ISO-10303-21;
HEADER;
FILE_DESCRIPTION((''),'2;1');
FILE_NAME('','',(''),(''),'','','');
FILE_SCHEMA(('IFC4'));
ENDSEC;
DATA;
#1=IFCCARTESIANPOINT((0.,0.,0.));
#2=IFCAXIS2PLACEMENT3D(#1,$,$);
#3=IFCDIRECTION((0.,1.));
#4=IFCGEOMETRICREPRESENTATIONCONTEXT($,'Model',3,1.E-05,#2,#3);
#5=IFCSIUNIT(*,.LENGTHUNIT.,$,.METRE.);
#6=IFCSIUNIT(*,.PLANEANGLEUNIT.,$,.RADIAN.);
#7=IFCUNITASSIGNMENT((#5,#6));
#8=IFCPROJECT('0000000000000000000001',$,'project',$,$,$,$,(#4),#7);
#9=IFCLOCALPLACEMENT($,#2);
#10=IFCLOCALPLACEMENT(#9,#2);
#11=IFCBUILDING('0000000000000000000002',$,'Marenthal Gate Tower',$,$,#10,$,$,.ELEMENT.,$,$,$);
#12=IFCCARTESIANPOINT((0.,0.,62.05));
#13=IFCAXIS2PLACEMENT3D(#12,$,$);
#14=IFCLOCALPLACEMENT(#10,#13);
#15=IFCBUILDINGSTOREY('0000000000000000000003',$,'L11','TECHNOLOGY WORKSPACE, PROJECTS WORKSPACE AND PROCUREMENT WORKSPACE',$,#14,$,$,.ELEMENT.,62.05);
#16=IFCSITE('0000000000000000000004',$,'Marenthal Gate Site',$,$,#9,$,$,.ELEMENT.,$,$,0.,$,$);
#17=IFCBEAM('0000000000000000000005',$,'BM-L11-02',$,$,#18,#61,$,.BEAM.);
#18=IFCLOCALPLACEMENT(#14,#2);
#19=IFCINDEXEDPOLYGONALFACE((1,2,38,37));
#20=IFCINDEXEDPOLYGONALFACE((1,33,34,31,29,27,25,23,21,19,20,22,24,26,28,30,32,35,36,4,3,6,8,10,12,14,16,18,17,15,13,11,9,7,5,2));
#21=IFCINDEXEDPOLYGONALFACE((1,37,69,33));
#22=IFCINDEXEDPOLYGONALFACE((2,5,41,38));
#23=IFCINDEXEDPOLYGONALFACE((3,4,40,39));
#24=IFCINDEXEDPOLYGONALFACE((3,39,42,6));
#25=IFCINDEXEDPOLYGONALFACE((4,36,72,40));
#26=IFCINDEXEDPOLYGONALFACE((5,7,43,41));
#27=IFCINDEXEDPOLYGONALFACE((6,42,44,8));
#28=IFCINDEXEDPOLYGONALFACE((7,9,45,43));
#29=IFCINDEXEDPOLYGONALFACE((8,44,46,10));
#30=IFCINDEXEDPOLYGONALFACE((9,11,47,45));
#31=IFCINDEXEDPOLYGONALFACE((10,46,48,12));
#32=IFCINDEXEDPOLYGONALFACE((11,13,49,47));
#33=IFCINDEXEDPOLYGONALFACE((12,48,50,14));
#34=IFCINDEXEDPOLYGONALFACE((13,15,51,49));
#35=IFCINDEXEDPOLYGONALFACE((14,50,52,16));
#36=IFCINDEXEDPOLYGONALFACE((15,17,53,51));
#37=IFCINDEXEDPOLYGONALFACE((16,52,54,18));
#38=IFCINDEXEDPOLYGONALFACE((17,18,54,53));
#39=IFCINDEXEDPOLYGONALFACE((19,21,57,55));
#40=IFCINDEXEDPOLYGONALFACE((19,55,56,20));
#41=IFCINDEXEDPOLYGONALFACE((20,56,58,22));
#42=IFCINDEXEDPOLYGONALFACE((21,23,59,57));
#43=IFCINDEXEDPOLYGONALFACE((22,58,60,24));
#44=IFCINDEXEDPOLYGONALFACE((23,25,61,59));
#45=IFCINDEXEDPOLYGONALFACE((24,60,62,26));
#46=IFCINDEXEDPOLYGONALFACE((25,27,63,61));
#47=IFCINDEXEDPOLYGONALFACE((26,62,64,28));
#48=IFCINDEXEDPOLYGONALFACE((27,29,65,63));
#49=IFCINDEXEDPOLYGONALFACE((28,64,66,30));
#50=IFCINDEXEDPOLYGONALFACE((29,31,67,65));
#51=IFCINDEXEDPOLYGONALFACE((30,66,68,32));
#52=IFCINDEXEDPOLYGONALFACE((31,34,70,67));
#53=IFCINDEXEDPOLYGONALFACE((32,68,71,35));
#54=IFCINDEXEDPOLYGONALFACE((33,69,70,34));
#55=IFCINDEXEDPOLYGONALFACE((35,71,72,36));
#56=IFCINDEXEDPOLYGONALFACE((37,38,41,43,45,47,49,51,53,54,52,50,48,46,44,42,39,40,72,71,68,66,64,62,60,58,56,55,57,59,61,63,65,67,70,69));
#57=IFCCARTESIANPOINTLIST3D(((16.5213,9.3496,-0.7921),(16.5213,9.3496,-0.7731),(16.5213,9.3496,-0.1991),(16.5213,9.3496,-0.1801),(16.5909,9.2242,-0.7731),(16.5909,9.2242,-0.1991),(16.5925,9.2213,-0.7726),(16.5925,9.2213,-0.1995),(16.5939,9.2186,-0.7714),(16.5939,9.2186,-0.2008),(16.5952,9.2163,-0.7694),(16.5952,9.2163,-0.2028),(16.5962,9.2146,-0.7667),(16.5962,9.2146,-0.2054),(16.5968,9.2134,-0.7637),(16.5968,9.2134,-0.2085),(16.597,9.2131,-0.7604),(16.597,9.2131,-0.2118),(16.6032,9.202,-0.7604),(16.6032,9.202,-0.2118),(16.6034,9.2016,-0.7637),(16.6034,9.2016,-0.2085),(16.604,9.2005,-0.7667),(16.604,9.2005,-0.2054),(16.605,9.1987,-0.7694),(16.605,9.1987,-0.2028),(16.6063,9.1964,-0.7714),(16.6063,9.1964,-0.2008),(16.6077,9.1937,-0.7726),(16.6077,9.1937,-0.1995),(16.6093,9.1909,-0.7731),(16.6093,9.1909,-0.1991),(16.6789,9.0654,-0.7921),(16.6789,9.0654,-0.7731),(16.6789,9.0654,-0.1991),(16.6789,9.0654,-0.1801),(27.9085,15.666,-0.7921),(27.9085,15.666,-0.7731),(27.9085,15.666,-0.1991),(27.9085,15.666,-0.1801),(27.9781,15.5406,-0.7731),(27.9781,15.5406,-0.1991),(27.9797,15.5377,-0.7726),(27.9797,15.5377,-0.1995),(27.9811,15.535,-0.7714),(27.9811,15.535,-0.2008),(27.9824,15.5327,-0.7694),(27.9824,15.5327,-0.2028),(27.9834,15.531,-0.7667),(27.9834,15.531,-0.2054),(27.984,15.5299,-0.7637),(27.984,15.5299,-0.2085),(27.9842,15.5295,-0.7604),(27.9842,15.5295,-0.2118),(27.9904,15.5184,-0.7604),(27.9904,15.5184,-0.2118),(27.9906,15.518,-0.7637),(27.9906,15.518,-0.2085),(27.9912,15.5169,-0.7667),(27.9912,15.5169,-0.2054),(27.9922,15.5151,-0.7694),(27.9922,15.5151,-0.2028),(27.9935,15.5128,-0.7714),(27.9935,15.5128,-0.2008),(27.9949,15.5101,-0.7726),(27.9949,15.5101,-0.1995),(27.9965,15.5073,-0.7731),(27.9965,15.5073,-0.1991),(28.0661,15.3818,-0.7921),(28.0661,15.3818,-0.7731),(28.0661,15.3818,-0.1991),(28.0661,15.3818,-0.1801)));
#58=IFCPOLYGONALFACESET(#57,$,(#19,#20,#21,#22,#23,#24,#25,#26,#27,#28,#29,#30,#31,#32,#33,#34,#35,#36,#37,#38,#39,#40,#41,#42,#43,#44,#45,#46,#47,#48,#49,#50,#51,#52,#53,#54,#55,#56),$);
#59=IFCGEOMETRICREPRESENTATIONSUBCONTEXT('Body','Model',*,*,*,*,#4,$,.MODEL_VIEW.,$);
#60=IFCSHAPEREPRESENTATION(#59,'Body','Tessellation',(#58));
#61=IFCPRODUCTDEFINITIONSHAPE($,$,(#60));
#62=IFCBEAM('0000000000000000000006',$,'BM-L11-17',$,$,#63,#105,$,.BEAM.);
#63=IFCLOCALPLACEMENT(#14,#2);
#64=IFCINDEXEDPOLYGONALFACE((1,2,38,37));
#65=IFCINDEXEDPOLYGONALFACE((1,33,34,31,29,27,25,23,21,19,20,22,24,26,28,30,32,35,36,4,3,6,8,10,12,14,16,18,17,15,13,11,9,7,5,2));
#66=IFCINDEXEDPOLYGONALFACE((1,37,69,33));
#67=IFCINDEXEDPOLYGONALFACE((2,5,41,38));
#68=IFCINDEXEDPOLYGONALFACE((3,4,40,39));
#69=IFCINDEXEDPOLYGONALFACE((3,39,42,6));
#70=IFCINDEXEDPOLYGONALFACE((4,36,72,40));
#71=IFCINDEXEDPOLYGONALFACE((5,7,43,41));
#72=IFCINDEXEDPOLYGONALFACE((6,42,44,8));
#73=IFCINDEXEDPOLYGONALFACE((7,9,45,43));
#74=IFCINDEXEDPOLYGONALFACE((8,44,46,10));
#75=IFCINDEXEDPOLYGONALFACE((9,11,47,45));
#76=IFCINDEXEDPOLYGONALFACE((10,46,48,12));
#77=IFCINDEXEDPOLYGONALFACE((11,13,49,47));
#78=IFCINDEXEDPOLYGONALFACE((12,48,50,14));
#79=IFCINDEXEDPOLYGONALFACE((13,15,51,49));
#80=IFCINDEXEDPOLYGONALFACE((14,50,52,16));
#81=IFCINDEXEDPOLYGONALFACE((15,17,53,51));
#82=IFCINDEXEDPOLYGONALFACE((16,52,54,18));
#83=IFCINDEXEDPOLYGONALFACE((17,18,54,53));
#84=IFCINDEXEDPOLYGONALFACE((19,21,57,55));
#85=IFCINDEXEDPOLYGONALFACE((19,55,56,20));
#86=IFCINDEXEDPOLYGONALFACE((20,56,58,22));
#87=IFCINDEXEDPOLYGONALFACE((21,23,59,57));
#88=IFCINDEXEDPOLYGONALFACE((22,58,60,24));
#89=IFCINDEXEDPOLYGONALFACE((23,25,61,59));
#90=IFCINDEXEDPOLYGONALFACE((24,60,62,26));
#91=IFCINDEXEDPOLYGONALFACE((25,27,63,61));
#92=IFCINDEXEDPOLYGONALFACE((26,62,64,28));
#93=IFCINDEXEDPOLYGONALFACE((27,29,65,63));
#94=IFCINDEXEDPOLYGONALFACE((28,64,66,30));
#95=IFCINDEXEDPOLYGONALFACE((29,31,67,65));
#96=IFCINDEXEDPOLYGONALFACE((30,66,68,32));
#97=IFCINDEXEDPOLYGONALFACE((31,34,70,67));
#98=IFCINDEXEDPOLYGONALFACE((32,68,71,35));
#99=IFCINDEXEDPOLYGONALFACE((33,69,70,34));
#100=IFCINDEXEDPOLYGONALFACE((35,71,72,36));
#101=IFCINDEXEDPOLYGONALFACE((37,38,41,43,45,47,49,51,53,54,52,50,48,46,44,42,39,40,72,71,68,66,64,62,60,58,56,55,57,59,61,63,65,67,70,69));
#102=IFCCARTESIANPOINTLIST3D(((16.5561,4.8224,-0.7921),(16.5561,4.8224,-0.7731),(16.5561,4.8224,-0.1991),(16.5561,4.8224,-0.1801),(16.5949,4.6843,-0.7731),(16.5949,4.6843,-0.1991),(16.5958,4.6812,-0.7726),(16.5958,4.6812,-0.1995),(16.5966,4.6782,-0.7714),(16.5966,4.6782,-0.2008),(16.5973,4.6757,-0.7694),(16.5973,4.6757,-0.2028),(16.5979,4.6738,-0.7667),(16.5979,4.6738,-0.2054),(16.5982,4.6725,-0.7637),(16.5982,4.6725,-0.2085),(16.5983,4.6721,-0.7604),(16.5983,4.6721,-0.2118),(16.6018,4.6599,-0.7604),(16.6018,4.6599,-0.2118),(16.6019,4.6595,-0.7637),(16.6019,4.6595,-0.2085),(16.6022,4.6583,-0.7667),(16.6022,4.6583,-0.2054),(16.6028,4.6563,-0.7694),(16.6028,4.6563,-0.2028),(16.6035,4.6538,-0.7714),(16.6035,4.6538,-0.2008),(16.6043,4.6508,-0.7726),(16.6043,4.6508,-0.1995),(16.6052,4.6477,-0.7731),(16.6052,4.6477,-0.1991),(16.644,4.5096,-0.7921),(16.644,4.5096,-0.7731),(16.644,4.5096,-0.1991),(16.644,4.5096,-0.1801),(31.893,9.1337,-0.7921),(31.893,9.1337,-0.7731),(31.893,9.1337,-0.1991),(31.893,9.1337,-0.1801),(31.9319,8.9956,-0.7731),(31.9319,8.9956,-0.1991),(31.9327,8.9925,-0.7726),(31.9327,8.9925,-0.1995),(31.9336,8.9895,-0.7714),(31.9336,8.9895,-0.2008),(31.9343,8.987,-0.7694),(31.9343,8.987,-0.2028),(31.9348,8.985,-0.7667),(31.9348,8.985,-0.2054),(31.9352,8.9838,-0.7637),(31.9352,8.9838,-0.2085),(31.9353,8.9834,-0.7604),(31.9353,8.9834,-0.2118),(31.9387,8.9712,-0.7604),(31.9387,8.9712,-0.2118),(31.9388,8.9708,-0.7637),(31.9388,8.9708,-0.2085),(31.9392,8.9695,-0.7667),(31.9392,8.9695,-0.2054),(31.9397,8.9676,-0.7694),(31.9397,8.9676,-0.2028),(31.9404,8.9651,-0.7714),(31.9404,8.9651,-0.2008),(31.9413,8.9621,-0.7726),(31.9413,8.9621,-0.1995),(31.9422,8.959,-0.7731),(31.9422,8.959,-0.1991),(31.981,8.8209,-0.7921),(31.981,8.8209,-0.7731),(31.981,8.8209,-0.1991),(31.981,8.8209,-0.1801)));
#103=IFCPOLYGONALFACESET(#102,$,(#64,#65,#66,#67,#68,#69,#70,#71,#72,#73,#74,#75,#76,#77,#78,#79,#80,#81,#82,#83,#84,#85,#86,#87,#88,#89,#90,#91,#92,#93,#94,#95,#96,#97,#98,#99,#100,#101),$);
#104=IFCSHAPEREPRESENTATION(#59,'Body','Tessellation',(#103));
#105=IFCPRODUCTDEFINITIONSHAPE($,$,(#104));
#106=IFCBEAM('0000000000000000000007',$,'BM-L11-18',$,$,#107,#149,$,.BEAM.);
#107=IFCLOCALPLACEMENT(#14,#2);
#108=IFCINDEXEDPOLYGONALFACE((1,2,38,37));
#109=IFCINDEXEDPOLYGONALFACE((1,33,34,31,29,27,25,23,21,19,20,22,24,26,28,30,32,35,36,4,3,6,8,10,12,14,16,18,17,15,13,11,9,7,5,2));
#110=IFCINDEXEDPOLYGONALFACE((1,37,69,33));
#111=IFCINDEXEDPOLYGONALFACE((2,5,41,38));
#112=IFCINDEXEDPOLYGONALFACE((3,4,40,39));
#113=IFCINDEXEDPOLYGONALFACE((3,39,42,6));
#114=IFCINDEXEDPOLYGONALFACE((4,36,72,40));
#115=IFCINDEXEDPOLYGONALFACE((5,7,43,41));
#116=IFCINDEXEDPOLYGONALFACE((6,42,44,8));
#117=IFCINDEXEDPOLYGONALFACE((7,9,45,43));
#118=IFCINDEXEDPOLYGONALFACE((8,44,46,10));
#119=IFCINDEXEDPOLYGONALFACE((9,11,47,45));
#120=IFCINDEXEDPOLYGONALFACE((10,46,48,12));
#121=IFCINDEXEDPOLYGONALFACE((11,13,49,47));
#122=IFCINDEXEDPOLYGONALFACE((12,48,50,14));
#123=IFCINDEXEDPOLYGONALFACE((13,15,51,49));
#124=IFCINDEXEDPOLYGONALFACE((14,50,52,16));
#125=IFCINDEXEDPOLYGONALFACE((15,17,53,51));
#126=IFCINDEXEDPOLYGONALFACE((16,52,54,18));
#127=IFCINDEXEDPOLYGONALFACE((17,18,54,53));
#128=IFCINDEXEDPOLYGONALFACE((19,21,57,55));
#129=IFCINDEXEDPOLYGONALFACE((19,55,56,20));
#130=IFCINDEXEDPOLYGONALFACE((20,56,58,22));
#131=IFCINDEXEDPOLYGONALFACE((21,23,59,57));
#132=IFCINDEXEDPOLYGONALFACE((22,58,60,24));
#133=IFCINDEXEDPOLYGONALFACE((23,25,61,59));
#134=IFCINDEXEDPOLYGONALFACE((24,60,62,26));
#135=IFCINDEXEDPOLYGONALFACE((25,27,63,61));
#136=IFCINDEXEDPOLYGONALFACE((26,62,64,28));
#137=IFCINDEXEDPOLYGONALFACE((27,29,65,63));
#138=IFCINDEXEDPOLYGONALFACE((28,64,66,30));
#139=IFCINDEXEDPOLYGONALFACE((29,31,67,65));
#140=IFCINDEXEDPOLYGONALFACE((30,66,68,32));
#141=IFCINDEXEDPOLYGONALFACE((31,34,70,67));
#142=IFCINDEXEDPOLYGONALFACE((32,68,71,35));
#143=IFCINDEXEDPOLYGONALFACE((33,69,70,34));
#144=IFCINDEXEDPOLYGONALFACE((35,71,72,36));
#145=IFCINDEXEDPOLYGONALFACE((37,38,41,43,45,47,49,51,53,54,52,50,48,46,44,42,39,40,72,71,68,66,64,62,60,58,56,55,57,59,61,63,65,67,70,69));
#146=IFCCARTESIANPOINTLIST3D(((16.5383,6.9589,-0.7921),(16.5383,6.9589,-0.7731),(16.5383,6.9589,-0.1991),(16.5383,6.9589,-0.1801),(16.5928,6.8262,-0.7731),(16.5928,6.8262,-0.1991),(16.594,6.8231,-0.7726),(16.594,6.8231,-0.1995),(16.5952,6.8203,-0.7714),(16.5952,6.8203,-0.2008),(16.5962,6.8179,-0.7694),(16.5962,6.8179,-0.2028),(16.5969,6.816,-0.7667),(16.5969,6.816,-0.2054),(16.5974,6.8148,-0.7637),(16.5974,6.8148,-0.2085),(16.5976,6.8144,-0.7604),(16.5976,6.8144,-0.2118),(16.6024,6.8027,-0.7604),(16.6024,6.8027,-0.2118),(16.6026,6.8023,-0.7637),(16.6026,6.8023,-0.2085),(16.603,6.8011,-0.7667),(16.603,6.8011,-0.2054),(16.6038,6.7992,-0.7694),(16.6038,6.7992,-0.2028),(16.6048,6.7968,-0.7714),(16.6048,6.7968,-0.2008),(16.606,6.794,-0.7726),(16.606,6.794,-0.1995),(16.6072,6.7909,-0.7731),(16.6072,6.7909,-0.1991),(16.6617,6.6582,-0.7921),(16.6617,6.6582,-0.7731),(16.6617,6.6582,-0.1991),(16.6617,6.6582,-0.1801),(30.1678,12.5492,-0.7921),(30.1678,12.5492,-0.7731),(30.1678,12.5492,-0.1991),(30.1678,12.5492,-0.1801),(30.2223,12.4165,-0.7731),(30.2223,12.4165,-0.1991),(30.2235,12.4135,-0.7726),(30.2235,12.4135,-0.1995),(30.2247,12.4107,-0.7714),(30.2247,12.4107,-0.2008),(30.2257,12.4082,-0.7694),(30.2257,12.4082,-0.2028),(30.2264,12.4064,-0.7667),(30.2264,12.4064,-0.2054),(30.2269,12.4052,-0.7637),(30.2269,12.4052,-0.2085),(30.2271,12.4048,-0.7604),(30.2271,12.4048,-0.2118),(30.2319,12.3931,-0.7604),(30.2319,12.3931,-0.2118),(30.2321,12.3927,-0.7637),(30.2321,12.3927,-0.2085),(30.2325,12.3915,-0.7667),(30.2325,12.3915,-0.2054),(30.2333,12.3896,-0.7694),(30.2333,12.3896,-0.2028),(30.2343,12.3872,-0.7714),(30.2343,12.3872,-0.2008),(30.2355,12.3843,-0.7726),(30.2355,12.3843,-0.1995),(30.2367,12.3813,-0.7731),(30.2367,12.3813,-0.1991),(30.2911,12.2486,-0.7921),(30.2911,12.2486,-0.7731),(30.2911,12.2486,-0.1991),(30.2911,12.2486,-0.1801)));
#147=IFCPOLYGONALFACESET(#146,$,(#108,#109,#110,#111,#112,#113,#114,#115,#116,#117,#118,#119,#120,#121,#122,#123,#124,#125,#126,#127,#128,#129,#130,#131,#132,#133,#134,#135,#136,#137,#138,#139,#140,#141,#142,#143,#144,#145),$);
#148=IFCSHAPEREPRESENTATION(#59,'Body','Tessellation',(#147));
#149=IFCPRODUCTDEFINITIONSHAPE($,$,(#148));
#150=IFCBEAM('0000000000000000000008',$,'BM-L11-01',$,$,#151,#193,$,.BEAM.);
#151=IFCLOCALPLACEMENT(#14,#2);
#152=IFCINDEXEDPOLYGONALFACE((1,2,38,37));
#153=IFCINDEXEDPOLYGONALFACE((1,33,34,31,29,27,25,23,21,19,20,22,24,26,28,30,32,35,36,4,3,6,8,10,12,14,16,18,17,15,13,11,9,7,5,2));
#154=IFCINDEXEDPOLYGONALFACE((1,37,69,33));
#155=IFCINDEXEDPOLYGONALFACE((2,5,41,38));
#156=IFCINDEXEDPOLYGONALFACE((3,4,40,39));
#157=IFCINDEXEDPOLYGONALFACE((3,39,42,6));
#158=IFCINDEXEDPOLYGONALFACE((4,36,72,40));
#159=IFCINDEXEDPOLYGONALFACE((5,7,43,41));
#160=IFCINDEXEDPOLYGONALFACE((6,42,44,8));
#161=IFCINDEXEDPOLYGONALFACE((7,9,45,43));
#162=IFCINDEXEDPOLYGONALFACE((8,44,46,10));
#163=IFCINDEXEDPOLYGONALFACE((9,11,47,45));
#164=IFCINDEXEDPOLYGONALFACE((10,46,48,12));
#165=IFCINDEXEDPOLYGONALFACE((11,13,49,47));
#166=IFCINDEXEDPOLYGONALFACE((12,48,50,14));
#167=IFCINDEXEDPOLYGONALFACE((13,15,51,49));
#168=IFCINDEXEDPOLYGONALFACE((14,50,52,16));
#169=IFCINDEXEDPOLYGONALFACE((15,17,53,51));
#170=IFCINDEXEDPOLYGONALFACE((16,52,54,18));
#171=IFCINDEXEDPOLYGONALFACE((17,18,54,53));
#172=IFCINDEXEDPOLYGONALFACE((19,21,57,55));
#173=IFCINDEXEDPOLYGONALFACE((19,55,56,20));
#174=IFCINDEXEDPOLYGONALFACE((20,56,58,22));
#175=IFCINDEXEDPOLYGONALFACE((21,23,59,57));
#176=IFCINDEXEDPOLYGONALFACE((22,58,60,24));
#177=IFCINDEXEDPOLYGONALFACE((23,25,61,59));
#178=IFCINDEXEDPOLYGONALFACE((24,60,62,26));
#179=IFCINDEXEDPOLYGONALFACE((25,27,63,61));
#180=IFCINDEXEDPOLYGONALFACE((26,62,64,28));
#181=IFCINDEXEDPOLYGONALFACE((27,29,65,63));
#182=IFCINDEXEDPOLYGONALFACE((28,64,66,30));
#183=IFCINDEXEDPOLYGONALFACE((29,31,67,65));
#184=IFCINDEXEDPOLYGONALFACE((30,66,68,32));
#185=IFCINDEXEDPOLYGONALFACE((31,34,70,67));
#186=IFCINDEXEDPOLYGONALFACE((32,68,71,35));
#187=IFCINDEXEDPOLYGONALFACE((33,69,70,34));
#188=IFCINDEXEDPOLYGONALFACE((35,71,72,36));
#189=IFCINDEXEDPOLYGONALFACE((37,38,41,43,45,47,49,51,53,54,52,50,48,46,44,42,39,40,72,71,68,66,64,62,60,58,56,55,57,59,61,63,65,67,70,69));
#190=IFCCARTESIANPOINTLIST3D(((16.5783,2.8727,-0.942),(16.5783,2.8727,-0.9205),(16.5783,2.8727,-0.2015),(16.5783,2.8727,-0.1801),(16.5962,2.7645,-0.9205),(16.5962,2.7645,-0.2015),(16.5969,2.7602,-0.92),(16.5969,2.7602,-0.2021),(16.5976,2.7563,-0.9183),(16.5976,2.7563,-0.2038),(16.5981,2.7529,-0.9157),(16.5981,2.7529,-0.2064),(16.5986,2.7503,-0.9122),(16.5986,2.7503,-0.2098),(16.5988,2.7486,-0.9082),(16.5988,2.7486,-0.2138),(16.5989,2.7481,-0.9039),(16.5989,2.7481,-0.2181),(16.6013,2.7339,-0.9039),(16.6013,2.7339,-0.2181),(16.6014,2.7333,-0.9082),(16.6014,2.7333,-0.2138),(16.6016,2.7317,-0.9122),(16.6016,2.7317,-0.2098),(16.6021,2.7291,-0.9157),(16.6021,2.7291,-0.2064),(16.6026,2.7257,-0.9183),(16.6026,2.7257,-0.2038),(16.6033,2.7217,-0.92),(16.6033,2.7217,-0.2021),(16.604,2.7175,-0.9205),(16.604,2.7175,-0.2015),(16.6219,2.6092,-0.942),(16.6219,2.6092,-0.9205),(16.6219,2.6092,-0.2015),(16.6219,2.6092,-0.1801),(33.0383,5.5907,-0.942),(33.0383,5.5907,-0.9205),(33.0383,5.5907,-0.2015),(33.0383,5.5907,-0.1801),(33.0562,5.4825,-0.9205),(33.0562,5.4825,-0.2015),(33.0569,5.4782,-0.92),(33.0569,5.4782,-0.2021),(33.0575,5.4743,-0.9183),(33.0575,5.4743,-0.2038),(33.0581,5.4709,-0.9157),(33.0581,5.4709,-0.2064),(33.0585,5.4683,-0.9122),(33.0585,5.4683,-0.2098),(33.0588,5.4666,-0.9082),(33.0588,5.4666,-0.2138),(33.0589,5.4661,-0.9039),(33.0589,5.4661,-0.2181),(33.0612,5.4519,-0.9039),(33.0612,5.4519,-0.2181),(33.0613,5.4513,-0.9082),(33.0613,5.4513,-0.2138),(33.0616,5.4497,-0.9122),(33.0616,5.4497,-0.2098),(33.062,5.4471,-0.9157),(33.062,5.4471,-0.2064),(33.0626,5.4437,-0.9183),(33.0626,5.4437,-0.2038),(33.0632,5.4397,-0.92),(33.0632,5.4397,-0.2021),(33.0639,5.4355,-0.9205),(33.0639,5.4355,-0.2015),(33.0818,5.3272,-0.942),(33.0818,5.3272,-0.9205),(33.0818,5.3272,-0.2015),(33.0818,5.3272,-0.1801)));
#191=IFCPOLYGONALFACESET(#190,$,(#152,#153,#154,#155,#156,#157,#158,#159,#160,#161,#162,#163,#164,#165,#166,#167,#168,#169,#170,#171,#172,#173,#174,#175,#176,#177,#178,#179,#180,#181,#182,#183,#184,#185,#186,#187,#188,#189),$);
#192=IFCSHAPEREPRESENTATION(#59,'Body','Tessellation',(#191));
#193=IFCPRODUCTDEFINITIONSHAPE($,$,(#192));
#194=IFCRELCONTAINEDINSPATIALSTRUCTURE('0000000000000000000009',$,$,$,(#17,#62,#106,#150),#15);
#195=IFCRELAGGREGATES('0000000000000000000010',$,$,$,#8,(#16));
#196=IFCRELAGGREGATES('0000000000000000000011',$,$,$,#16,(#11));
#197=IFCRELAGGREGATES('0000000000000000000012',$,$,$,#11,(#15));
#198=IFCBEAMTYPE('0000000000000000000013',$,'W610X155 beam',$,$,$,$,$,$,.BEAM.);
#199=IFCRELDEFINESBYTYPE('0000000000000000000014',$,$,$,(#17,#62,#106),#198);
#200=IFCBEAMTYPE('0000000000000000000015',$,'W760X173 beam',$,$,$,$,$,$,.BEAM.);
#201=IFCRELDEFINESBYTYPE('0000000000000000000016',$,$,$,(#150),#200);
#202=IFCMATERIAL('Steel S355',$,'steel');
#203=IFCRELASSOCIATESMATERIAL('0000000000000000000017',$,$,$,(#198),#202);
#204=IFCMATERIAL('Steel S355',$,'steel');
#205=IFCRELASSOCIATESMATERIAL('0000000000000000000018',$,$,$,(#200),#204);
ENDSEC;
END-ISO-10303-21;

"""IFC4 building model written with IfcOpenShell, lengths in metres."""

from ifc_helpers import new_model, si_unit, direction, frame, origin, origin_2d, place, context, subcontext, project, spatial, i_section, extrude, material, material_profile, profile_set, type_object, element, save


model = new_model("IFC4")

# Units and contexts
model_context = context("Model", 3, precision=1e-05, world=origin(), true_north=direction((0.0, 1.0)))
body_context = subcontext(model_context, "Body", "Model", "MODEL_VIEW")
ifc_project = project(units=[si_unit("LENGTHUNIT", "METRE"), si_unit("PLANEANGLEUNIT", "RADIAN")], contexts=[model_context])

# Site, building, storey
site_placement = place(None, origin())
site = spatial("IfcSite", under=ifc_project, at=site_placement, Name="Marenthal Gate Site", CompositionType="ELEMENT", RefElevation=0.0)
building_placement = place(site_placement, origin())
building = spatial("IfcBuilding", under=site, at=building_placement, Name="Marenthal Gate Tower", CompositionType="ELEMENT")
storey_placement = place(building_placement, frame((0.0, 0.0, 62.05)))
storey = spatial("IfcBuildingStorey", under=building, at=storey_placement, Name="L11", Description="TECHNOLOGY WORKSPACE, PROJECTS WORKSPACE AND PROCUREMENT WORKSPACE", CompositionType="ELEMENT", Elevation=62.05)

# Beams
ifc_material_1 = material(Name="Steel S355", Category="steel")
ifc_material_profile_1 = material_profile(ifc_material_1, i_section(OverallWidth=0.325, OverallDepth=0.6121, WebThickness=0.0127, FlangeThickness=0.019, FilletRadius=0.0127, at=origin_2d()), Name="W610X155")
ifc_profile_set_1 = profile_set([ifc_material_profile_1], Name="Steel S355")
beam_type_1 = type_object("IfcBeamType", Name="W610X155 beam", PredefinedType="BEAM", material=ifc_profile_set_1)
beam_1_placement = place(storey_placement, frame((27.9873, 15.5239, -0.4861), z_axis=(-0.874477, -0.485067, 0.0), x_axis=(0.485067, -0.874477, 0.0)))
element("IfcBeam", 1, at=beam_1_placement, inside=storey, type_object=beam_type_1, Name="BM-L11-02", PredefinedType="BEAM", context=body_context, shape_type="SweptSolid", body=[
    extrude(i_section(OverallWidth=0.325, OverallDepth=0.6121, WebThickness=0.0127, FlangeThickness=0.019, FilletRadius=0.0127, at=origin_2d()), origin(), (0.0, 0.0, 1.0), 13.0217),
])
beam_2_placement = place(storey_placement, frame((31.937, 8.9773, -0.4861), z_axis=(-0.962687, -0.270616, 0.0), x_axis=(0.270616, -0.962687, 0.0)))
element("IfcBeam", 2, at=beam_2_placement, inside=storey, type_object=beam_type_1, Name="BM-L11-17", PredefinedType="BEAM", context=body_context, shape_type="SweptSolid", body=[
    extrude(i_section(OverallWidth=0.325, OverallDepth=0.6121, WebThickness=0.0127, FlangeThickness=0.019, FilletRadius=0.0127, at=origin_2d()), origin(), (0.0, 0.0, 1.0), 15.9314),
])
beam_3_placement = place(storey_placement, frame((30.2295, 12.3989, -0.4861), z_axis=(-0.925198, -0.379486, 0.0), x_axis=(0.379486, -0.925198, 0.0)))
element("IfcBeam", 3, at=beam_3_placement, inside=storey, type_object=beam_type_1, Name="BM-L11-18", PredefinedType="BEAM", context=body_context, shape_type="SweptSolid", body=[
    extrude(i_section(OverallWidth=0.325, OverallDepth=0.6121, WebThickness=0.0127, FlangeThickness=0.019, FilletRadius=0.0127, at=origin_2d()), origin(), (0.0, 0.0, 1.0), 14.7314),
])
ifc_material_2 = material(Name="Steel S355", Category="steel")
ifc_material_profile_2 = material_profile(ifc_material_2, i_section(OverallWidth=0.2671, OverallDepth=0.762, WebThickness=0.0144, FlangeThickness=0.0215, FilletRadius=0.0166, at=origin_2d()), Name="W760X173")
ifc_profile_set_2 = profile_set([ifc_material_profile_2], Name="Steel S355")
beam_type_2 = type_object("IfcBeamType", Name="W760X173 beam", PredefinedType="BEAM", material=ifc_profile_set_2)
beam_4_placement = place(storey_placement, frame((33.0601, 5.459, -0.561), z_axis=(-0.986639, -0.162923, 0.0), x_axis=(0.162923, -0.986639, 0.0)))
element("IfcBeam", 4, at=beam_4_placement, inside=storey, type_object=beam_type_2, Name="BM-L11-01", PredefinedType="BEAM", context=body_context, shape_type="SweptSolid", body=[
    extrude(i_section(OverallWidth=0.2671, OverallDepth=0.762, WebThickness=0.0144, FlangeThickness=0.0215, FilletRadius=0.0166, at=origin_2d()), origin(), (0.0, 0.0, 1.0), 16.6829),
])

save(model, "model.ifc")
